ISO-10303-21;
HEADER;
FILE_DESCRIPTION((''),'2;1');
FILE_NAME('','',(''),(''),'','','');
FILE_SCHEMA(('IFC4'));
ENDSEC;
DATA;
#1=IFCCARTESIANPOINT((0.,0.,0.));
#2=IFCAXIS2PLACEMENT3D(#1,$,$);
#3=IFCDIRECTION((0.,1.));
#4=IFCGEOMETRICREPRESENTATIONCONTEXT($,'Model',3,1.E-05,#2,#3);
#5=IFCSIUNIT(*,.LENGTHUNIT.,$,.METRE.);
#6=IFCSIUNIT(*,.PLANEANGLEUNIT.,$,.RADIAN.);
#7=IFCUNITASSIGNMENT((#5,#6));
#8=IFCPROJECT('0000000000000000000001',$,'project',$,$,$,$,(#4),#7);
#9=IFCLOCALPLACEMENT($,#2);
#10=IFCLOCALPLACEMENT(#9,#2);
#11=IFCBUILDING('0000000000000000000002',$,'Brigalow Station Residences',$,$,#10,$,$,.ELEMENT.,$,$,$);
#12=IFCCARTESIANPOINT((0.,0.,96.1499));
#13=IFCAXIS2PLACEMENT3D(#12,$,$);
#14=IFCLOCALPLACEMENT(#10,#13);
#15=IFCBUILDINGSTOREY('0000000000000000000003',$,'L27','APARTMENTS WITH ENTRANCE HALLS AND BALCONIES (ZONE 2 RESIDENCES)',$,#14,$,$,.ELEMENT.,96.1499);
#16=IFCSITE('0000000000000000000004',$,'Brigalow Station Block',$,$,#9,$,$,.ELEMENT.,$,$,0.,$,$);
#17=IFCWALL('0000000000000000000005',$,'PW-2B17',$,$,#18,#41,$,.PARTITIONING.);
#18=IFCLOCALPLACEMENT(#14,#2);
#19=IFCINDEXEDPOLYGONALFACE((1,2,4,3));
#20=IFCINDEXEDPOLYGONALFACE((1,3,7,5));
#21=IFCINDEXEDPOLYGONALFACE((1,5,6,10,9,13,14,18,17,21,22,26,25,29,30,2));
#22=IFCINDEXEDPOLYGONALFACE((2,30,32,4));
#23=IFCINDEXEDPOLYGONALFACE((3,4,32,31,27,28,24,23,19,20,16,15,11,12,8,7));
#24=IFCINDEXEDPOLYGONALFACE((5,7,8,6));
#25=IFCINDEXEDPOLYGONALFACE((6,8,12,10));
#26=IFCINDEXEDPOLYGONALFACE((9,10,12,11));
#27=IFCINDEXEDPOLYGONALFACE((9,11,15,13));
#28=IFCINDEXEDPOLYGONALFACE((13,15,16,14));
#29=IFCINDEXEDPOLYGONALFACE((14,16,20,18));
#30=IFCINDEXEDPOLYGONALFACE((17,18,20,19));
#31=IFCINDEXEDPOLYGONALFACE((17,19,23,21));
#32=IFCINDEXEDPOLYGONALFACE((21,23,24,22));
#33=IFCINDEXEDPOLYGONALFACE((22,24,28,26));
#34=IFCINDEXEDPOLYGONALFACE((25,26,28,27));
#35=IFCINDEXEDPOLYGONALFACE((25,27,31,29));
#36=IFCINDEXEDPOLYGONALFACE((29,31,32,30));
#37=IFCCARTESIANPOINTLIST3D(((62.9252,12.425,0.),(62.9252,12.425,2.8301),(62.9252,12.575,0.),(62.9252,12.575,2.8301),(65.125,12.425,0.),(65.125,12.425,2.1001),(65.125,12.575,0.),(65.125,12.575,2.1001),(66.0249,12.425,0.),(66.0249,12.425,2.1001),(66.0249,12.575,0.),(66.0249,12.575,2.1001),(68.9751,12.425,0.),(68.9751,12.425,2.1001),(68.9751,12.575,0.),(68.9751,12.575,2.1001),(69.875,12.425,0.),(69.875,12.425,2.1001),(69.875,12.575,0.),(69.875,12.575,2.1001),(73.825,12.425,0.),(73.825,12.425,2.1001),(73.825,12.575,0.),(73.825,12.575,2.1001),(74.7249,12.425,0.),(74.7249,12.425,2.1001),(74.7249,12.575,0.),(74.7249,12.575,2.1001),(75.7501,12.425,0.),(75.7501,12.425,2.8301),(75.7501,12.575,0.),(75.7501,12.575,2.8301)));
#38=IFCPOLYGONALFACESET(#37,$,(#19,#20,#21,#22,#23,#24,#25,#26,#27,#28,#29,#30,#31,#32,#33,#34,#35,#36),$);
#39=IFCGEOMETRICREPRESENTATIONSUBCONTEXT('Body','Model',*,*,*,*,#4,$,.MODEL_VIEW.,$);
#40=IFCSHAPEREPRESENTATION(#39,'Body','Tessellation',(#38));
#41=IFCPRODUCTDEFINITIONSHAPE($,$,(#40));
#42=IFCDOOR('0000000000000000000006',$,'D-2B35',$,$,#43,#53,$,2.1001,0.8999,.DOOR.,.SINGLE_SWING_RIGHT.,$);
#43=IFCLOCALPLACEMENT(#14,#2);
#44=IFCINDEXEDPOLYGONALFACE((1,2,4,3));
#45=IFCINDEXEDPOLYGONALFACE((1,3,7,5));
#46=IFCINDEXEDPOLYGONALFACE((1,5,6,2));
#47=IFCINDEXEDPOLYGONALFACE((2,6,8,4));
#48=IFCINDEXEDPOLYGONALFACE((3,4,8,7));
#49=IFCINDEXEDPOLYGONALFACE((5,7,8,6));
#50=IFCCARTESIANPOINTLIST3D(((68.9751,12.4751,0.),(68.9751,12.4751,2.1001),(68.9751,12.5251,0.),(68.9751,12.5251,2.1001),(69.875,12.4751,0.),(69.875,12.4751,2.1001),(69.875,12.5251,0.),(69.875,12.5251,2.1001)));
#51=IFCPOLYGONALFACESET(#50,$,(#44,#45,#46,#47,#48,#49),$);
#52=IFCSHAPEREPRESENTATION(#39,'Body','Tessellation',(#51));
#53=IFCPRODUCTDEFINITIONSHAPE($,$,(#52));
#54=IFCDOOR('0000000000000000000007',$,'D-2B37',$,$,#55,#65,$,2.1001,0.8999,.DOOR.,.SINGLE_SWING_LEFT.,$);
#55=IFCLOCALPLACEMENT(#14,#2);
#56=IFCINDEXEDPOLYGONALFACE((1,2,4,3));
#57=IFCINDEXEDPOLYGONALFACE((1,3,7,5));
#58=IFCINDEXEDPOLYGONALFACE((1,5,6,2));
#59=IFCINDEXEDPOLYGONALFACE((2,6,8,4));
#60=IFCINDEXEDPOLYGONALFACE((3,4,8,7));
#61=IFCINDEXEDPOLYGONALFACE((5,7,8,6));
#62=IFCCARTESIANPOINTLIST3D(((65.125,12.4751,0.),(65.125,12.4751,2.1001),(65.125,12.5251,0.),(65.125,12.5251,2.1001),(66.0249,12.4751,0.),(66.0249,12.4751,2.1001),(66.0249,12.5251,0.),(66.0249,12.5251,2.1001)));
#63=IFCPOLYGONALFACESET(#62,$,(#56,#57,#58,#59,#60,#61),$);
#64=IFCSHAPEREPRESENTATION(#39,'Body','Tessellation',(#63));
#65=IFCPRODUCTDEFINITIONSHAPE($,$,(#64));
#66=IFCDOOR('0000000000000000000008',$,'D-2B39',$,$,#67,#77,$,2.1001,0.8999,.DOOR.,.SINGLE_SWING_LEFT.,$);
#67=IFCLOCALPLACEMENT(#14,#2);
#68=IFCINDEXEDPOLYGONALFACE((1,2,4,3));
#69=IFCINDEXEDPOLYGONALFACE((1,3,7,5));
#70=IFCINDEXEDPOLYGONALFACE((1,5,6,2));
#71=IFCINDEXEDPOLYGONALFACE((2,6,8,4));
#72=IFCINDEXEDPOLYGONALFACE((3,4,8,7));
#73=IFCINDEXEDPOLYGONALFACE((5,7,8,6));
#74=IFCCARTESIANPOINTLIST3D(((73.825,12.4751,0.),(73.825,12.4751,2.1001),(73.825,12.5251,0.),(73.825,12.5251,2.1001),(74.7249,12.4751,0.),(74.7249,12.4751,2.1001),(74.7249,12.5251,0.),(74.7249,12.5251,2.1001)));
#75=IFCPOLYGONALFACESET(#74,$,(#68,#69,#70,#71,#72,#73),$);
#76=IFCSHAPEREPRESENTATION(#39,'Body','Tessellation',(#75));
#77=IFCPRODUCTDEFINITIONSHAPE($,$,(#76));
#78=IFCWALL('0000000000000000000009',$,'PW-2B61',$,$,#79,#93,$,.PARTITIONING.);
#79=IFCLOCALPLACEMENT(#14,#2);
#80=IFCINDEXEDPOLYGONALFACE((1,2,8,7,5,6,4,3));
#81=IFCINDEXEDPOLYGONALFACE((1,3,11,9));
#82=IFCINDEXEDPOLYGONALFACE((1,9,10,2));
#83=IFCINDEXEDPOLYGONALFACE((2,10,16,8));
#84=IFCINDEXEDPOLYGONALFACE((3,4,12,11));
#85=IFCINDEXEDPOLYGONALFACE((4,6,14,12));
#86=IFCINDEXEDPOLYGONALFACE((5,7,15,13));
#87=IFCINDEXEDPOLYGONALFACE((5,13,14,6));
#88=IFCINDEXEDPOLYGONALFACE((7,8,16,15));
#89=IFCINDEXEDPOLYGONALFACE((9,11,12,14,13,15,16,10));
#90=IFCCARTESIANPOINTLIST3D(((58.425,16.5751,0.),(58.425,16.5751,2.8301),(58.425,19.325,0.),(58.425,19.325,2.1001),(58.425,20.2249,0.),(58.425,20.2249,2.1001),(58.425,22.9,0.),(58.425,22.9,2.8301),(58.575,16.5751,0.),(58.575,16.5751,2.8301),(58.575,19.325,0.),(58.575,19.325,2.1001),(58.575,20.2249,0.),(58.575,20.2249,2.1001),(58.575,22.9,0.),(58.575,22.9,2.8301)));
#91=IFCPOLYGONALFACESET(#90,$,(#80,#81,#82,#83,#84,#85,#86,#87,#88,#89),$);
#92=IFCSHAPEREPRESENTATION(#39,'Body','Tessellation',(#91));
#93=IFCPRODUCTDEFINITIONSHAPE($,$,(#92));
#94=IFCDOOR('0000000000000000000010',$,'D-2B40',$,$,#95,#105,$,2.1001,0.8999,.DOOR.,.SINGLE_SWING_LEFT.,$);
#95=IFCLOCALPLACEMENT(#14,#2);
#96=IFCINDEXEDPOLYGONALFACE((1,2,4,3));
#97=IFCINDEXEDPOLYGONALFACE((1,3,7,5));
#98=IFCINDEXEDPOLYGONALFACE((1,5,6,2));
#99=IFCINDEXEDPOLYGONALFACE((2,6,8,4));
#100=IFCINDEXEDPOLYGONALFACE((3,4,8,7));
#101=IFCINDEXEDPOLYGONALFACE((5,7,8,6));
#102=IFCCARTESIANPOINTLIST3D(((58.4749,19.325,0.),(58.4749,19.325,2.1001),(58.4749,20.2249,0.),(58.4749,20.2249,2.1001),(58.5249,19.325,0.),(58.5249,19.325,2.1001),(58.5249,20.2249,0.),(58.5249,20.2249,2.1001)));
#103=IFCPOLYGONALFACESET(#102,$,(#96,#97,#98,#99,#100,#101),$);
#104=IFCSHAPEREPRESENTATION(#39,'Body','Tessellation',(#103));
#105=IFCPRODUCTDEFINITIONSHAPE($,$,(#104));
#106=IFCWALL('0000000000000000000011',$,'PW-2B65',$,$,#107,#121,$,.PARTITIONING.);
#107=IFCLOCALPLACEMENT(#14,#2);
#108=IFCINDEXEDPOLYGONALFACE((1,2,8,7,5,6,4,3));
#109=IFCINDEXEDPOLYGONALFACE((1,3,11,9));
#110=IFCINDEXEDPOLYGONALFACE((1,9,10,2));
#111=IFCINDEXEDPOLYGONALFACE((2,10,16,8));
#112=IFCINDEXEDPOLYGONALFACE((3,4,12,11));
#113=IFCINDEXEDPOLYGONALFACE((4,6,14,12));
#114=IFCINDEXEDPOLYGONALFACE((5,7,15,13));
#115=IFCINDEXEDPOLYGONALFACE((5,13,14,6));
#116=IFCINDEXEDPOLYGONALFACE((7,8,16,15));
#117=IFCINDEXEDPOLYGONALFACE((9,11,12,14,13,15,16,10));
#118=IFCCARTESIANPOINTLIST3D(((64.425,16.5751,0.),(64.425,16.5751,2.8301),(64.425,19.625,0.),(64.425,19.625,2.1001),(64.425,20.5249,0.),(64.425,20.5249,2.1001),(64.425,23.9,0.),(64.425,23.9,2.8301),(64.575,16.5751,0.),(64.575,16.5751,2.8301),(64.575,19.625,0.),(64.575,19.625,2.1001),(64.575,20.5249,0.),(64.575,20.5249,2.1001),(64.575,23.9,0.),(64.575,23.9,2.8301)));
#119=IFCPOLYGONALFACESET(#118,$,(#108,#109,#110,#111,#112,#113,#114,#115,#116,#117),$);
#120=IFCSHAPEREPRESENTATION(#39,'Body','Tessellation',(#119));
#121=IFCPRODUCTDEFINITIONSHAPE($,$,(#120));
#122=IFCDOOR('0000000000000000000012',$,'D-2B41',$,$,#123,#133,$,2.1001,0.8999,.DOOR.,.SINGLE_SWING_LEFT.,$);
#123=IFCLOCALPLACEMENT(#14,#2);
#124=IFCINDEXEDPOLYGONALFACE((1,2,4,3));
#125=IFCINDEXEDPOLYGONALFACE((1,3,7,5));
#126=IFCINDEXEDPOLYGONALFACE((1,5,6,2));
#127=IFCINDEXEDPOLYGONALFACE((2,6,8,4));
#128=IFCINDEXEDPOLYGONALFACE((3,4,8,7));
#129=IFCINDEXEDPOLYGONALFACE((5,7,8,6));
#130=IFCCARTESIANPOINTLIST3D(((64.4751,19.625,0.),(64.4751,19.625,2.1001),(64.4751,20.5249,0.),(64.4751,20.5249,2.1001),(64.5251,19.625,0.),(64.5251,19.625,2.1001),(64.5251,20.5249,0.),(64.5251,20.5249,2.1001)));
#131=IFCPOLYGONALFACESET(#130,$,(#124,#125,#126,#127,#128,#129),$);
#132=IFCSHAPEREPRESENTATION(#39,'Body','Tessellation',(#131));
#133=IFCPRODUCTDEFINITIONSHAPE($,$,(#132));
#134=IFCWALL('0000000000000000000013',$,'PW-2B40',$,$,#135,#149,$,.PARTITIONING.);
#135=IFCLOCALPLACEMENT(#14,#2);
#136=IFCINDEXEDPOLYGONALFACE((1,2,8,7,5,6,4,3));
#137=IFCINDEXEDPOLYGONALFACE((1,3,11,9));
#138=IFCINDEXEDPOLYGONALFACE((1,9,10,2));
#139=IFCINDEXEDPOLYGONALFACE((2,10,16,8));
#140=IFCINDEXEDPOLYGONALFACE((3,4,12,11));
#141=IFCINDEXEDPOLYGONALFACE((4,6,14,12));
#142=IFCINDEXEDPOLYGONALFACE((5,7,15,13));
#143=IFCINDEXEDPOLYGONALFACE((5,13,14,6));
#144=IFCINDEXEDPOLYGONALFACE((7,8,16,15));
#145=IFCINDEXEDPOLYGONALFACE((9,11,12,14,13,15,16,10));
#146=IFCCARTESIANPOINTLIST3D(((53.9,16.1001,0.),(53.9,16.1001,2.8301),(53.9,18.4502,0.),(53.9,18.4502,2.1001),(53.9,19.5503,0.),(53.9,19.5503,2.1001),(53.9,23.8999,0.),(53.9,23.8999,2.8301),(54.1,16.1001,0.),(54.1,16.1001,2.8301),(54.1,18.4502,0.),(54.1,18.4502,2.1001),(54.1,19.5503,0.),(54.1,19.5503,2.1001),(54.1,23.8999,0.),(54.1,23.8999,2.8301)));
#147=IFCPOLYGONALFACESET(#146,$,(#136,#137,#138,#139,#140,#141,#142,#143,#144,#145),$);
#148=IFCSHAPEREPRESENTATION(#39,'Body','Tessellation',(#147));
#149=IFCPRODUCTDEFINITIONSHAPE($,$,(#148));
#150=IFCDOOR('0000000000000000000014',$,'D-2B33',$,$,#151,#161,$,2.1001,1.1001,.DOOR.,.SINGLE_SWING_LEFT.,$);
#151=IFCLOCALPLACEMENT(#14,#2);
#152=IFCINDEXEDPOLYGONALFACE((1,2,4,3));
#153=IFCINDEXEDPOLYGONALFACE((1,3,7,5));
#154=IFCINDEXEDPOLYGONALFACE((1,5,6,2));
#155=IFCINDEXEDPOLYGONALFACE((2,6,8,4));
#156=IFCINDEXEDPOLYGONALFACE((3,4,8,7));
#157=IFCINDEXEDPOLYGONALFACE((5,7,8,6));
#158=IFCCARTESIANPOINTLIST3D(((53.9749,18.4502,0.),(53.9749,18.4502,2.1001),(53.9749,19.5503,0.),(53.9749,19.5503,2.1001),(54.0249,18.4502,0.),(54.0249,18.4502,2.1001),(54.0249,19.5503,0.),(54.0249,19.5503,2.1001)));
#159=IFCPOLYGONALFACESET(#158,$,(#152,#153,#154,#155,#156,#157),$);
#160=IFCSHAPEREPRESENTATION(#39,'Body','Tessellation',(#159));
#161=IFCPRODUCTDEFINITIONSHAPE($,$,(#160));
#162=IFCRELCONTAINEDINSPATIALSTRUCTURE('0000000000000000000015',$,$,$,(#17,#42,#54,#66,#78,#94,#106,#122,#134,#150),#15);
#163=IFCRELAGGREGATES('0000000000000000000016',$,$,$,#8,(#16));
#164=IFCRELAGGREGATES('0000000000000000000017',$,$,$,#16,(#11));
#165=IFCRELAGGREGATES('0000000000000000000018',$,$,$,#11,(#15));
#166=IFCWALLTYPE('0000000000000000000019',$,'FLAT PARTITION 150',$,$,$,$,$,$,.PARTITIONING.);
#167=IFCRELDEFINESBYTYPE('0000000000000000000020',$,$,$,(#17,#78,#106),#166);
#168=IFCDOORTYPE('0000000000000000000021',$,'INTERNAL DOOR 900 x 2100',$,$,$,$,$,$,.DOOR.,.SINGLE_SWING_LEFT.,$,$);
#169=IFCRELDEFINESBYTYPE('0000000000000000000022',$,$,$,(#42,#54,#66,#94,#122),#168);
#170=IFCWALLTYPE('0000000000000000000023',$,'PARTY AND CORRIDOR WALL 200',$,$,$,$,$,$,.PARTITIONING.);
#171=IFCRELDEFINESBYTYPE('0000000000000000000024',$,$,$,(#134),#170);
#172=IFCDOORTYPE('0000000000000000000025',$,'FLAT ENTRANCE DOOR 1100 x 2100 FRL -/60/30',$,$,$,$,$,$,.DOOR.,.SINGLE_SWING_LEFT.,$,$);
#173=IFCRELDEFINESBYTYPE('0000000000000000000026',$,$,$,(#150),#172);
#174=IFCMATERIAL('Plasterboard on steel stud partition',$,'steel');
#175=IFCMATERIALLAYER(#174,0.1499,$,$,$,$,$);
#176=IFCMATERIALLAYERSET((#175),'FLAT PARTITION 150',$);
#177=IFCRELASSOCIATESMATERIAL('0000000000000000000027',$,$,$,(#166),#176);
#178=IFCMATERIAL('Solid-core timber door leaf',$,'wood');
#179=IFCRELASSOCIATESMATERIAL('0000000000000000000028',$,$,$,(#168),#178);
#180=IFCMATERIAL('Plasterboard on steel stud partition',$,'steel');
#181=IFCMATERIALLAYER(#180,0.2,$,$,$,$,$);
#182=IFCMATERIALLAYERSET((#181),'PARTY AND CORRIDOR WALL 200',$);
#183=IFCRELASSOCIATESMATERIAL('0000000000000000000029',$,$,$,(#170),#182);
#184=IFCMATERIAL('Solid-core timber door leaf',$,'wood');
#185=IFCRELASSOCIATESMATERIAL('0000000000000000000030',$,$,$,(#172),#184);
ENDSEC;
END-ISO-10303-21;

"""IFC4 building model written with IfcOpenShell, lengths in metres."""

from ifc_helpers import new_model, si_unit, direction, frame, frame_2d, origin, place, context, subcontext, project, spatial, rectangle, extrude, material, layer, layer_set, type_object, element, fill, save


model = new_model("IFC4")

# Units and contexts
model_context = context("Model", 3, precision=1e-05, world=origin(), true_north=direction((0.0, 1.0)))
body_context = subcontext(model_context, "Body", "Model", "MODEL_VIEW")
ifc_project = project(units=[si_unit("LENGTHUNIT", "METRE"), si_unit("PLANEANGLEUNIT", "RADIAN")], contexts=[model_context])

# Site, building, storey
site_placement = place(None, origin())
site = spatial("IfcSite", under=ifc_project, at=site_placement, Name="Brigalow Station Block", CompositionType="ELEMENT", RefElevation=0.0)
building_placement = place(site_placement, origin())
building = spatial("IfcBuilding", under=site, at=building_placement, Name="Brigalow Station Residences", CompositionType="ELEMENT")
storey_placement = place(building_placement, frame((0.0, 0.0, 96.1499)))
storey = spatial("IfcBuildingStorey", under=building, at=storey_placement, Name="L27", Description="APARTMENTS WITH ENTRANCE HALLS AND BALCONIES (ZONE 2 RESIDENCES)", CompositionType="ELEMENT", Elevation=96.1499)

# Shared definitions
ifc_material_1 = material(Name="Plasterboard on steel stud partition", Category="steel")
ifc_layer_1 = layer(ifc_material_1, 0.1499)
ifc_layer_set_1 = layer_set([ifc_layer_1], Name="FLAT PARTITION 150")
wall_type_1 = type_object("IfcWallType", Name="FLAT PARTITION 150", PredefinedType="PARTITIONING", material=ifc_layer_set_1)

# Wall, openings, doors
wall_1_placement = place(storey_placement, frame((62.925, 12.5, 0.0), z_axis=(0.0, 0.0, 1.0), x_axis=(1.0, 0.0, 0.0)))
wall_1 = element("IfcWall", 1, at=wall_1_placement, inside=storey, type_object=wall_type_1, Name="PW-2B17", PredefinedType="PARTITIONING", context=body_context, shape_type="SweptSolid", body=[
    extrude(rectangle(XDim=12.825, YDim=0.1499, at=frame_2d((6.4126, 0.0))), origin(), (0.0, 0.0, 1.0), 2.8301),
])
opening_1_placement = place(wall_1_placement, frame((6.05, 0.0, 0.0)))
opening_1 = element("IfcOpeningElement", 2, at=opening_1_placement, cuts=wall_1, PredefinedType="OPENING", context=body_context, shape_type="SweptSolid", body=[
    extrude(rectangle(XDim=0.8999, YDim=2.1001, at=frame_2d((0.45, 1.05))), frame((0.0, 0.085, 0.0), z_axis=(0.0, -1.0, 0.0), x_axis=(1.0, 0.0, 0.0)), (0.0, 0.0, 1.0), 0.1699),
])
opening_2_placement = place(wall_1_placement, frame((2.2, 0.0, 0.0)))
opening_2 = element("IfcOpeningElement", 3, at=opening_2_placement, cuts=wall_1, PredefinedType="OPENING", context=body_context, shape_type="SweptSolid", body=[
    extrude(rectangle(XDim=0.8999, YDim=2.1001, at=frame_2d((0.45, 1.05))), frame((0.0, 0.085, 0.0), z_axis=(0.0, -1.0, 0.0), x_axis=(1.0, 0.0, 0.0)), (0.0, 0.0, 1.0), 0.1699),
])
opening_3_placement = place(wall_1_placement, frame((10.8999, 0.0, 0.0)))
opening_3 = element("IfcOpeningElement", 4, at=opening_3_placement, cuts=wall_1, PredefinedType="OPENING", context=body_context, shape_type="SweptSolid", body=[
    extrude(rectangle(XDim=0.8999, YDim=2.1001, at=frame_2d((0.45, 1.05))), frame((0.0, 0.085, 0.0), z_axis=(0.0, -1.0, 0.0), x_axis=(1.0, 0.0, 0.0)), (0.0, 0.0, 1.0), 0.1699),
])
ifc_material_2 = material(Name="Solid-core timber door leaf", Category="wood")
door_type_1 = type_object("IfcDoorType", Name="INTERNAL DOOR 900 x 2100", OperationType="SINGLE_SWING_LEFT", PredefinedType="DOOR", material=ifc_material_2)
door_1_placement = place(opening_1_placement, frame((0.8999, 0.0, 0.0), z_axis=(0.0, 0.0, 1.0), x_axis=(-1.0, 0.0, 0.0)))
door_1 = element("IfcDoor", 5, at=door_1_placement, inside=storey, type_object=door_type_1, Name="D-2B35", OperationType="SINGLE_SWING_RIGHT", OverallHeight=2.1001, OverallWidth=0.8999, PredefinedType="DOOR", context=body_context, shape_type="SweptSolid", body=[
    extrude(rectangle(XDim=0.8999, YDim=2.1001, at=frame_2d((0.45, 1.05))), frame((0.0, 0.0249, 0.0), z_axis=(0.0, -1.0, 0.0), x_axis=(1.0, 0.0, 0.0)), (0.0, 0.0, 1.0), 0.05),
])
fill(opening_1, door_1)
door_2_placement = place(opening_2_placement, frame((0.8999, 0.0, 0.0), z_axis=(0.0, 0.0, 1.0), x_axis=(-1.0, 0.0, 0.0)))
door_2 = element("IfcDoor", 6, at=door_2_placement, inside=storey, type_object=door_type_1, Name="D-2B37", OperationType="SINGLE_SWING_LEFT", OverallHeight=2.1001, OverallWidth=0.8999, PredefinedType="DOOR", context=body_context, shape_type="SweptSolid", body=[
    extrude(rectangle(XDim=0.8999, YDim=2.1001, at=frame_2d((0.45, 1.05))), frame((0.0, 0.0249, 0.0), z_axis=(0.0, -1.0, 0.0), x_axis=(1.0, 0.0, 0.0)), (0.0, 0.0, 1.0), 0.05),
])
fill(opening_2, door_2)
door_3_placement = place(opening_3_placement, frame((0.8999, 0.0, 0.0), z_axis=(0.0, 0.0, 1.0), x_axis=(-1.0, 0.0, 0.0)))
door_3 = element("IfcDoor", 7, at=door_3_placement, inside=storey, type_object=door_type_1, Name="D-2B39", OperationType="SINGLE_SWING_LEFT", OverallHeight=2.1001, OverallWidth=0.8999, PredefinedType="DOOR", context=body_context, shape_type="SweptSolid", body=[
    extrude(rectangle(XDim=0.8999, YDim=2.1001, at=frame_2d((0.45, 1.05))), frame((0.0, 0.0249, 0.0), z_axis=(0.0, -1.0, 0.0), x_axis=(1.0, 0.0, 0.0)), (0.0, 0.0, 1.0), 0.05),
])
fill(opening_3, door_3)

# Walls, openings, doors
wall_2_placement = place(storey_placement, frame((58.5, 16.575, 0.0), z_axis=(0.0, 0.0, 1.0), x_axis=(0.0, 1.0, 0.0)))
wall_2 = element("IfcWall", 8, at=wall_2_placement, inside=storey, type_object=wall_type_1, Name="PW-2B61", PredefinedType="PARTITIONING", context=body_context, shape_type="SweptSolid", body=[
    extrude(rectangle(XDim=6.325, YDim=0.1499, at=frame_2d((3.1626, 0.0))), origin(), (0.0, 0.0, 1.0), 2.8301),
])
opening_4_placement = place(wall_2_placement, frame((2.75, 0.0, 0.0)))
opening_4 = element("IfcOpeningElement", 9, at=opening_4_placement, cuts=wall_2, PredefinedType="OPENING", context=body_context, shape_type="SweptSolid", body=[
    extrude(rectangle(XDim=0.8999, YDim=2.1001, at=frame_2d((0.45, 1.05))), frame((0.0, 0.085, 0.0), z_axis=(0.0, -1.0, 0.0), x_axis=(1.0, 0.0, 0.0)), (0.0, 0.0, 1.0), 0.1699),
])
door_4_placement = place(opening_4_placement, frame((0.8999, 0.0, 0.0), z_axis=(0.0, 0.0, 1.0), x_axis=(-1.0, 0.0, 0.0)))
door_4 = element("IfcDoor", 10, at=door_4_placement, inside=storey, type_object=door_type_1, Name="D-2B40", OperationType="SINGLE_SWING_LEFT", OverallHeight=2.1001, OverallWidth=0.8999, PredefinedType="DOOR", context=body_context, shape_type="SweptSolid", body=[
    extrude(rectangle(XDim=0.8999, YDim=2.1001, at=frame_2d((0.45, 1.05))), frame((0.0, 0.0249, 0.0), z_axis=(0.0, -1.0, 0.0), x_axis=(1.0, 0.0, 0.0)), (0.0, 0.0, 1.0), 0.05),
])
fill(opening_4, door_4)
wall_3_placement = place(storey_placement, frame((64.5, 16.575, 0.0), z_axis=(0.0, 0.0, 1.0), x_axis=(0.0, 1.0, 0.0)))
wall_3 = element("IfcWall", 11, at=wall_3_placement, inside=storey, type_object=wall_type_1, Name="PW-2B65", PredefinedType="PARTITIONING", context=body_context, shape_type="SweptSolid", body=[
    extrude(rectangle(XDim=7.325, YDim=0.1499, at=frame_2d((3.6626, 0.0))), origin(), (0.0, 0.0, 1.0), 2.8301),
])
opening_5_placement = place(wall_3_placement, frame((3.05, 0.0, 0.0)))
opening_5 = element("IfcOpeningElement", 12, at=opening_5_placement, cuts=wall_3, PredefinedType="OPENING", context=body_context, shape_type="SweptSolid", body=[
    extrude(rectangle(XDim=0.8999, YDim=2.1001, at=frame_2d((0.45, 1.05))), frame((0.0, 0.085, 0.0), z_axis=(0.0, -1.0, 0.0), x_axis=(1.0, 0.0, 0.0)), (0.0, 0.0, 1.0), 0.1699),
])
door_5_placement = place(opening_5_placement, origin())
door_5 = element("IfcDoor", 13, at=door_5_placement, inside=storey, type_object=door_type_1, Name="D-2B41", OperationType="SINGLE_SWING_LEFT", OverallHeight=2.1001, OverallWidth=0.8999, PredefinedType="DOOR", context=body_context, shape_type="SweptSolid", body=[
    extrude(rectangle(XDim=0.8999, YDim=2.1001, at=frame_2d((0.45, 1.05))), frame((0.0, 0.0249, 0.0), z_axis=(0.0, -1.0, 0.0), x_axis=(1.0, 0.0, 0.0)), (0.0, 0.0, 1.0), 0.05),
])
fill(opening_5, door_5)
ifc_material_3 = material(Name="Plasterboard on steel stud partition", Category="steel")
ifc_layer_2 = layer(ifc_material_3, 0.2)
ifc_layer_set_2 = layer_set([ifc_layer_2], Name="PARTY AND CORRIDOR WALL 200")
wall_type_2 = type_object("IfcWallType", Name="PARTY AND CORRIDOR WALL 200", PredefinedType="PARTITIONING", material=ifc_layer_set_2)
wall_4_placement = place(storey_placement, frame((54.0, 16.1001, 0.0), z_axis=(0.0, 0.0, 1.0), x_axis=(0.0, 1.0, 0.0)))
wall_4 = element("IfcWall", 14, at=wall_4_placement, inside=storey, type_object=wall_type_2, Name="PW-2B40", PredefinedType="PARTITIONING", context=body_context, shape_type="SweptSolid", body=[
    extrude(rectangle(XDim=7.7998, YDim=0.2, at=frame_2d((3.8999, 0.0))), origin(), (0.0, 0.0, 1.0), 2.8301),
])
opening_6_placement = place(wall_4_placement, frame((2.3501, 0.0, 0.0)))
opening_6 = element("IfcOpeningElement", 15, at=opening_6_placement, cuts=wall_4, PredefinedType="OPENING", context=body_context, shape_type="SweptSolid", body=[
    extrude(rectangle(XDim=1.1001, YDim=2.1001, at=frame_2d((0.55, 1.05))), frame((0.0, 0.1099, 0.0), z_axis=(0.0, -1.0, 0.0), x_axis=(1.0, 0.0, 0.0)), (0.0, 0.0, 1.0), 0.22),
])
ifc_material_4 = material(Name="Solid-core timber door leaf", Category="wood")
door_type_2 = type_object("IfcDoorType", Name="FLAT ENTRANCE DOOR 1100 x 2100 FRL -/60/30", OperationType="SINGLE_SWING_LEFT", PredefinedType="DOOR", material=ifc_material_4)
door_6_placement = place(opening_6_placement, frame((1.1001, 0.0, 0.0), z_axis=(0.0, 0.0, 1.0), x_axis=(-1.0, 0.0, 0.0)))
door_6 = element("IfcDoor", 16, at=door_6_placement, inside=storey, type_object=door_type_2, Name="D-2B33", OperationType="SINGLE_SWING_LEFT", OverallHeight=2.1001, OverallWidth=1.1001, PredefinedType="DOOR", context=body_context, shape_type="SweptSolid", body=[
    extrude(rectangle(XDim=1.1001, YDim=2.1001, at=frame_2d((0.55, 1.05))), frame((0.0, 0.0249, 0.0), z_axis=(0.0, -1.0, 0.0), x_axis=(1.0, 0.0, 0.0)), (0.0, 0.0, 1.0), 0.05),
])
fill(opening_6, door_6)

save(model, "model.ifc")
